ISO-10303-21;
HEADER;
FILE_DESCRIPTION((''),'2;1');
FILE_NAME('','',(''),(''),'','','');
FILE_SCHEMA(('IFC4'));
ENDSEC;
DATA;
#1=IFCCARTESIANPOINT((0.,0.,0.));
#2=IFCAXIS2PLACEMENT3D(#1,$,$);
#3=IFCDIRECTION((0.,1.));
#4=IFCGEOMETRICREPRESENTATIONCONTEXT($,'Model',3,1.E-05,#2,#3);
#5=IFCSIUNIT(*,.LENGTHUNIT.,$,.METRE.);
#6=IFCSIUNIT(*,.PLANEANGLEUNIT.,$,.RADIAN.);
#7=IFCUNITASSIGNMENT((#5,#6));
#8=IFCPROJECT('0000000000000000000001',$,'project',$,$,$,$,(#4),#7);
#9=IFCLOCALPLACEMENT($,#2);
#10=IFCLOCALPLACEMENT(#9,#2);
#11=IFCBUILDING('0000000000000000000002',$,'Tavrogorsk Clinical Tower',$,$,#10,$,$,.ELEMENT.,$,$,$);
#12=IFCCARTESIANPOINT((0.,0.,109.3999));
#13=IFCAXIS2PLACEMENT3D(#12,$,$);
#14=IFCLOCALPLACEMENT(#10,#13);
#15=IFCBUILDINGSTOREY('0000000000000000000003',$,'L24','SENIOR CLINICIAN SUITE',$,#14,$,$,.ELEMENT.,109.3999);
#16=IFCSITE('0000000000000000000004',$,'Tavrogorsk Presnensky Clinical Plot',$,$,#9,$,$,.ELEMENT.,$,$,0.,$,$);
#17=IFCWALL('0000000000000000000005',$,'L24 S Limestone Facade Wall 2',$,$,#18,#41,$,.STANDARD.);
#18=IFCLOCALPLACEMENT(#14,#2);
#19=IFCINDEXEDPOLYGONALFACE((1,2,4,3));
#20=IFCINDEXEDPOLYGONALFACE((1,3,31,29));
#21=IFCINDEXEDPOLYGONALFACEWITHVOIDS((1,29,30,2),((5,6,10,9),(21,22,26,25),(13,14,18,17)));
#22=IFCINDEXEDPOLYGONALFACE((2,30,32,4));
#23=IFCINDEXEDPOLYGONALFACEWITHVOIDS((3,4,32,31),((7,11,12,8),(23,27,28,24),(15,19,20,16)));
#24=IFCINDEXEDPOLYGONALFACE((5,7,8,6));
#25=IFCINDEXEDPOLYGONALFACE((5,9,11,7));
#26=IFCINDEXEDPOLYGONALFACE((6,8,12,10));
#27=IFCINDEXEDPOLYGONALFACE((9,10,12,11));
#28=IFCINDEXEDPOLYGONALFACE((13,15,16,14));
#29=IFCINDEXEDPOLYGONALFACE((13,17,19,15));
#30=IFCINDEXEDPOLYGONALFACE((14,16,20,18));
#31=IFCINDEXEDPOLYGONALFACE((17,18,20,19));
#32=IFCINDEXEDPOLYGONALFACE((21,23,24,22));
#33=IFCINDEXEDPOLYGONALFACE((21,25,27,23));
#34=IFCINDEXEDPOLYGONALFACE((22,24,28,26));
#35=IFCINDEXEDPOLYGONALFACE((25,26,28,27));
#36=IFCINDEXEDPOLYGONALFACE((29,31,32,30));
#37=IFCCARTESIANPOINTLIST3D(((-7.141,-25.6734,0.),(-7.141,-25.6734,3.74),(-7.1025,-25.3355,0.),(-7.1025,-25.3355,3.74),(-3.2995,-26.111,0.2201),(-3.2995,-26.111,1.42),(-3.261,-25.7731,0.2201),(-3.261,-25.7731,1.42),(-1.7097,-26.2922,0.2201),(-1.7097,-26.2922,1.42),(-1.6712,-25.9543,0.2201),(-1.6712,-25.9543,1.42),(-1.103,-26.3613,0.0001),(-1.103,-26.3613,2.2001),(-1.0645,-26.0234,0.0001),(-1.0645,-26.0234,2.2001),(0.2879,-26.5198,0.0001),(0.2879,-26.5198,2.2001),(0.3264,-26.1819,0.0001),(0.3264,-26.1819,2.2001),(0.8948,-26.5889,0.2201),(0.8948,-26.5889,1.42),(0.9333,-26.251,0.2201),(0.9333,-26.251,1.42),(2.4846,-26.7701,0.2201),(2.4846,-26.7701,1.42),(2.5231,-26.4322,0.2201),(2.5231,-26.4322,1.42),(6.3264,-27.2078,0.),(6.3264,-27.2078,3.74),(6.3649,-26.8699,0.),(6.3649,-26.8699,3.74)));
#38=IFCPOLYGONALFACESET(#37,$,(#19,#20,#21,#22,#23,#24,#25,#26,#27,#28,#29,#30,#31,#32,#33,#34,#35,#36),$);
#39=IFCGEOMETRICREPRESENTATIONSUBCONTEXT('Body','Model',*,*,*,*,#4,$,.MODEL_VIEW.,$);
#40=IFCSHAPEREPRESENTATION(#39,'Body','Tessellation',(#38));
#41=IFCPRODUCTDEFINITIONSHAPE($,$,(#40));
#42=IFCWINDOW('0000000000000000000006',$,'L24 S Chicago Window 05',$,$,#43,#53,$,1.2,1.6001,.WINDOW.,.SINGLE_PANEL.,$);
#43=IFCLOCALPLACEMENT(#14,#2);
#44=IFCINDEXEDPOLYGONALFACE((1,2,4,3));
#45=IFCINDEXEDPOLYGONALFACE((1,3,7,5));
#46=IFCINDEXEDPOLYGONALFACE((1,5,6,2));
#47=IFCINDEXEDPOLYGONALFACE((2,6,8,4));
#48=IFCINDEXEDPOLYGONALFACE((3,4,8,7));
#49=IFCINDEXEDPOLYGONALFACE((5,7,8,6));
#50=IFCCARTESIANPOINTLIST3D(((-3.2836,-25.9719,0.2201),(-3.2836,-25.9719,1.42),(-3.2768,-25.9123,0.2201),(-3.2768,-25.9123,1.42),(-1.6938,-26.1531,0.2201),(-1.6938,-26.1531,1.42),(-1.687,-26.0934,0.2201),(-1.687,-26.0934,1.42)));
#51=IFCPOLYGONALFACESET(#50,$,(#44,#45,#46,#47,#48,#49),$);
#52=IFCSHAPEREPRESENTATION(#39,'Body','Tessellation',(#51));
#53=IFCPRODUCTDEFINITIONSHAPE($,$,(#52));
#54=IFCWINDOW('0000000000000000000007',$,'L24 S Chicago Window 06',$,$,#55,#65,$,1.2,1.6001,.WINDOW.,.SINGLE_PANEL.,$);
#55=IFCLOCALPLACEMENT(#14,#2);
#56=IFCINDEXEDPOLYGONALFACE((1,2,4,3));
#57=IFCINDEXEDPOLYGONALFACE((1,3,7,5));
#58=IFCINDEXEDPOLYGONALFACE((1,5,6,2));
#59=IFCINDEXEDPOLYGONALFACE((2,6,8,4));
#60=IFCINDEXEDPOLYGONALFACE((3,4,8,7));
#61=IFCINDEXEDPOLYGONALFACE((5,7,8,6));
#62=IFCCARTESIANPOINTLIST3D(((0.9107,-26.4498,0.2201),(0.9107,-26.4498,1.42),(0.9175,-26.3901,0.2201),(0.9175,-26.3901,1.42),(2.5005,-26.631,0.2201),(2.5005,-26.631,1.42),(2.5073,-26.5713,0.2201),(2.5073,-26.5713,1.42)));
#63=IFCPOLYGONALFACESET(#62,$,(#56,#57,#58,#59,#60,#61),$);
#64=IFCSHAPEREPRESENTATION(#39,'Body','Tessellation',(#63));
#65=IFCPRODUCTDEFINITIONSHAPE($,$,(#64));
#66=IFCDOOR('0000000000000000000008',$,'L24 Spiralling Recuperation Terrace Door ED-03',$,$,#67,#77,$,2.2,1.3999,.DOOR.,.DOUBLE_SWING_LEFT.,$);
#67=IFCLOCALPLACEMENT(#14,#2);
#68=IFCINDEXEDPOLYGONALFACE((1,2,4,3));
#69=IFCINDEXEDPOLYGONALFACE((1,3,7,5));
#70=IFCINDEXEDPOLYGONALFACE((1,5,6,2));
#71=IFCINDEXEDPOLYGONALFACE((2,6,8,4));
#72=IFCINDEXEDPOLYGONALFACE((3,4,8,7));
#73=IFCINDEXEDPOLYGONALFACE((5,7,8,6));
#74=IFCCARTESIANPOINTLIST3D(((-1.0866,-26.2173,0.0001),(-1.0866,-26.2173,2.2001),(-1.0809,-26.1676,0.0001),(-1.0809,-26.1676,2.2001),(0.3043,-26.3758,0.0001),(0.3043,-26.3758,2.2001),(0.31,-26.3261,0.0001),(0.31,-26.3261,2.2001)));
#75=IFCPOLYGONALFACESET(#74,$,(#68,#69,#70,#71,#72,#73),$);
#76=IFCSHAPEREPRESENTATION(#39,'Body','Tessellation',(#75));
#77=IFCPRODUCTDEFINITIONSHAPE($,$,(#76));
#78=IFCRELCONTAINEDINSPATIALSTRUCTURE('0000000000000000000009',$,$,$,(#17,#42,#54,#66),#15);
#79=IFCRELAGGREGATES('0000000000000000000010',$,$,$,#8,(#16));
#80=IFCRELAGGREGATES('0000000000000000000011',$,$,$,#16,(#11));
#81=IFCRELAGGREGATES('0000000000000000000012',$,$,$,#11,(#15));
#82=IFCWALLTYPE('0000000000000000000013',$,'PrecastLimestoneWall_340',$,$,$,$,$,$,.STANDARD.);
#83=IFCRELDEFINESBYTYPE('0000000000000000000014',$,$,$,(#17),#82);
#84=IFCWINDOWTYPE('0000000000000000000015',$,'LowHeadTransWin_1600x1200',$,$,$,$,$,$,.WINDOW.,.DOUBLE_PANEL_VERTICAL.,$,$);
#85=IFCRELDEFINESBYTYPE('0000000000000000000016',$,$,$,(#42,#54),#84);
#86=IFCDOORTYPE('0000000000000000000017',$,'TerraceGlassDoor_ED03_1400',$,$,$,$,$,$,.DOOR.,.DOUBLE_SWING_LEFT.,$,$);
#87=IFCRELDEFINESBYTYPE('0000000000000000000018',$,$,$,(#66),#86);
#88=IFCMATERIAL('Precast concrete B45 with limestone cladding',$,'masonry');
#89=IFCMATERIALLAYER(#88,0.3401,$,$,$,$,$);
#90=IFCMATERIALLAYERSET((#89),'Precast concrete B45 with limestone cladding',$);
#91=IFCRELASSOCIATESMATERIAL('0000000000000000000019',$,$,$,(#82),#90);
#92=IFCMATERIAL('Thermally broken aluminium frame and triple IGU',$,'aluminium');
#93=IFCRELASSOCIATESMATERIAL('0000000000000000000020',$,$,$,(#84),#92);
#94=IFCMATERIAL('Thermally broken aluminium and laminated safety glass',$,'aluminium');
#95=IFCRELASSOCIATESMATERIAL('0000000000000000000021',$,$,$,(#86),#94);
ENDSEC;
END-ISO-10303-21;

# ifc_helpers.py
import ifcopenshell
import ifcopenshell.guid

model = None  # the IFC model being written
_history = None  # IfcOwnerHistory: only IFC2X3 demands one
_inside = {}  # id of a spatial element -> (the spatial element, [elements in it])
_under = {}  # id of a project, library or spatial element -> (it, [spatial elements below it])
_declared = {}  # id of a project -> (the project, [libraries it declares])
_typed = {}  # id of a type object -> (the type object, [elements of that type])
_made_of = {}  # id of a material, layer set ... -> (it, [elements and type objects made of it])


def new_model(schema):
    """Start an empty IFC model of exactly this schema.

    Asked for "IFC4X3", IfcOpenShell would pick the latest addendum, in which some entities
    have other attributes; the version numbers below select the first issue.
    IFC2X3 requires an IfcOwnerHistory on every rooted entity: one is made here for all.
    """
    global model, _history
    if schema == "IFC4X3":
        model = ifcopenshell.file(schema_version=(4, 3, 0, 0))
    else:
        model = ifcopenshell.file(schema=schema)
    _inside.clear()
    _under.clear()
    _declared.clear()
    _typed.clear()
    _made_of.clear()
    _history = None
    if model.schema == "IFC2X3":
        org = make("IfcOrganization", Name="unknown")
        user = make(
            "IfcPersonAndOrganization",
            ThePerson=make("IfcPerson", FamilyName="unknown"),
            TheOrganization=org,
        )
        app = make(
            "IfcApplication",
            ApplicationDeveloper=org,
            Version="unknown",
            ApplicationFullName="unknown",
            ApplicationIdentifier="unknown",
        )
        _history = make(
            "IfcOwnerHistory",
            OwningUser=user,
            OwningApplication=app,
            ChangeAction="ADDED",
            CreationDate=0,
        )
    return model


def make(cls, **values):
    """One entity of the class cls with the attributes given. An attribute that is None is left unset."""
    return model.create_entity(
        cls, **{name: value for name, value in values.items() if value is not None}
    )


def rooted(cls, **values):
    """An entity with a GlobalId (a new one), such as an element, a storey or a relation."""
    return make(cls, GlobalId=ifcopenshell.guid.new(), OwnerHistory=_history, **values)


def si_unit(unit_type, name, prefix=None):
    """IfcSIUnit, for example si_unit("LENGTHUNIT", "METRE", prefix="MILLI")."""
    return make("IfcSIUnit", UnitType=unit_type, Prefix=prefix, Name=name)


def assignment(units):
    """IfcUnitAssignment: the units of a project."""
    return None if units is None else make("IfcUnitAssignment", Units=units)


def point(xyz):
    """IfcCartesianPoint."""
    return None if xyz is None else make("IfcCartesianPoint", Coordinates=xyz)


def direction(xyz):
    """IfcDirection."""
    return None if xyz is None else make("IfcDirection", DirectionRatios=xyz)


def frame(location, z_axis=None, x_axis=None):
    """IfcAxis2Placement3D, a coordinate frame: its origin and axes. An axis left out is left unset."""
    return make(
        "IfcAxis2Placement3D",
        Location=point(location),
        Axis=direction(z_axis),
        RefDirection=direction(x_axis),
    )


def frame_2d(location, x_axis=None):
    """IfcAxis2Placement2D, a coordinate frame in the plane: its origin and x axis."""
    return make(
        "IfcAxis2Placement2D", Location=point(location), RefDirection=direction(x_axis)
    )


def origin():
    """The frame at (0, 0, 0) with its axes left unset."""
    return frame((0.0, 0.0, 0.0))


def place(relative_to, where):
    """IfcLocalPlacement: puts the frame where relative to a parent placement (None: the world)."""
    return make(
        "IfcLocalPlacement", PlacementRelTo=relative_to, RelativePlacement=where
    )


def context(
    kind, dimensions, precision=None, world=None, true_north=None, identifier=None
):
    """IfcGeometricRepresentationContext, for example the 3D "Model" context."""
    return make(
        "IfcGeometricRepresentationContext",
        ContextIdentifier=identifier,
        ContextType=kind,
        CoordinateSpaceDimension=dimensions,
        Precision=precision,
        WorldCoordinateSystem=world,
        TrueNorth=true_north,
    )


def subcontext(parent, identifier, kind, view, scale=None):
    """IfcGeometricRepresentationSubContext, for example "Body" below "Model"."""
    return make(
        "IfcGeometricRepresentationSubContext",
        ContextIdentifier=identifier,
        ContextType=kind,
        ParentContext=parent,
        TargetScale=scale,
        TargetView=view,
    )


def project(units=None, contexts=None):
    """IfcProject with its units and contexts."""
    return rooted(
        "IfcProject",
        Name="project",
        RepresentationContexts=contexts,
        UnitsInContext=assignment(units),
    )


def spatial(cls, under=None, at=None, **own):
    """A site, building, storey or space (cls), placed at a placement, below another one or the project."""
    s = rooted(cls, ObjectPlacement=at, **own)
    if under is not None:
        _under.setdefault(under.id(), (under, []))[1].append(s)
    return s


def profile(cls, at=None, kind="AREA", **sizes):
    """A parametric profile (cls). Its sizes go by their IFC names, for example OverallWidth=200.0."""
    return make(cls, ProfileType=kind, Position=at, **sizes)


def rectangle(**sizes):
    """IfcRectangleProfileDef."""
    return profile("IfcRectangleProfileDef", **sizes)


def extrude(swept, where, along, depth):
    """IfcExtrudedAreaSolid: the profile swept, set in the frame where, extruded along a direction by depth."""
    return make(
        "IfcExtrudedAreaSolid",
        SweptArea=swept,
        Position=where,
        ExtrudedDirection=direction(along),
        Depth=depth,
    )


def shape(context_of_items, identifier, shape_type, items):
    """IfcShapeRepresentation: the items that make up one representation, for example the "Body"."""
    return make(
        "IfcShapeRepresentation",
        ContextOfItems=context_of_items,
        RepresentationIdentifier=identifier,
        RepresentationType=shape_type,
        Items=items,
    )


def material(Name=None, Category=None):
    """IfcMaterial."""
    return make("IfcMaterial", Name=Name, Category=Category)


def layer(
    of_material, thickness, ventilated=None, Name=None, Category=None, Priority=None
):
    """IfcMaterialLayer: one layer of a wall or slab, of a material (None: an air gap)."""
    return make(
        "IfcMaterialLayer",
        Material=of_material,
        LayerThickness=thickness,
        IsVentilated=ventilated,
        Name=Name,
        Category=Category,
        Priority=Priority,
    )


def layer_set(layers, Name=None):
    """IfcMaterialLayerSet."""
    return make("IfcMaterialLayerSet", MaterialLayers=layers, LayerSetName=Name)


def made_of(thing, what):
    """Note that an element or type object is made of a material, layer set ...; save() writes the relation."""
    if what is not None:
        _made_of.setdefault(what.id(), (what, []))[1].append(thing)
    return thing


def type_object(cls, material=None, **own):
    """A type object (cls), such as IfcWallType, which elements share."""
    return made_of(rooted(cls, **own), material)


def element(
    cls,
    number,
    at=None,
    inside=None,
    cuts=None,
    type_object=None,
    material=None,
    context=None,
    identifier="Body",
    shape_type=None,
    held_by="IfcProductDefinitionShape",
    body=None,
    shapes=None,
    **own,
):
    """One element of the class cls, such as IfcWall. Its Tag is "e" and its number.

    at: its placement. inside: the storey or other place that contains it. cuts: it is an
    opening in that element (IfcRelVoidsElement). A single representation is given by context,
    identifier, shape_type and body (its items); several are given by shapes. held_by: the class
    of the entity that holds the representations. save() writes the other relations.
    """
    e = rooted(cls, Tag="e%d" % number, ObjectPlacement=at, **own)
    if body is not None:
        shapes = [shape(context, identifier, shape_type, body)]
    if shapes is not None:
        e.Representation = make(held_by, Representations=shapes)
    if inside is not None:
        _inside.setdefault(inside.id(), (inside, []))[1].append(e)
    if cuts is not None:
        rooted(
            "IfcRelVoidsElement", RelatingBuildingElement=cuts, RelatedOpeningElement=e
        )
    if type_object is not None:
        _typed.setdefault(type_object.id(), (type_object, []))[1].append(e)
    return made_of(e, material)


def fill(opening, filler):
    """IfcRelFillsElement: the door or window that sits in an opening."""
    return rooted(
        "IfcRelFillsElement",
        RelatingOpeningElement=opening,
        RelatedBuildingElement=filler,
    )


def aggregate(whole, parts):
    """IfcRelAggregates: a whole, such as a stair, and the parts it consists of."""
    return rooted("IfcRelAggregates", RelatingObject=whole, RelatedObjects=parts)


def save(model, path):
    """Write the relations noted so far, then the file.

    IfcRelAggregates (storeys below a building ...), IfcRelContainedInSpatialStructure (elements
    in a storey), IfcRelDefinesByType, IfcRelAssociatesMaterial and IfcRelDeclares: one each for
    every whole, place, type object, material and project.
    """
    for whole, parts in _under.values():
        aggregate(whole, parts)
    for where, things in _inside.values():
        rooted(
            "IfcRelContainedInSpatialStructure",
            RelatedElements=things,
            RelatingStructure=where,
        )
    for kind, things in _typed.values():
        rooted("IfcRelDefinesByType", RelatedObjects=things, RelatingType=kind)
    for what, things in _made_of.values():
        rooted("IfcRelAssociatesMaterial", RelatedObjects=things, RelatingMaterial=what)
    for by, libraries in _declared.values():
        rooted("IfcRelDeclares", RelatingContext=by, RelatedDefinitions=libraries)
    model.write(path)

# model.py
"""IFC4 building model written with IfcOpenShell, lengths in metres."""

from ifc_helpers import new_model, si_unit, direction, frame, frame_2d, origin, place, context, subcontext, project, spatial, rectangle, extrude, material, layer, layer_set, type_object, element, fill, save


model = new_model("IFC4")

# Units and contexts
model_context = context("Model", 3, precision=1e-05, world=origin(), true_north=direction((0.0, 1.0)))
body_context = subcontext(model_context, "Body", "Model", "MODEL_VIEW")
ifc_project = project(units=[si_unit("LENGTHUNIT", "METRE"), si_unit("PLANEANGLEUNIT", "RADIAN")], contexts=[model_context])

# Site, building, storey
site_placement = place(None, origin())
site = spatial("IfcSite", under=ifc_project, at=site_placement, Name="Tavrogorsk Presnensky Clinical Plot", CompositionType="ELEMENT", RefElevation=0.0)
building_placement = place(site_placement, origin())
building = spatial("IfcBuilding", under=site, at=building_placement, Name="Tavrogorsk Clinical Tower", CompositionType="ELEMENT")
storey_placement = place(building_placement, frame((0.0, 0.0, 109.3999)))
storey = spatial("IfcBuildingStorey", under=building, at=storey_placement, Name="L24", Description="SENIOR CLINICIAN SUITE", CompositionType="ELEMENT", Elevation=109.3999)

# Wall, openings, windows, door
ifc_material_1 = material(Name="Precast concrete B45 with limestone cladding", Category="masonry")
ifc_layer_1 = layer(ifc_material_1, 0.3401)
ifc_layer_set_1 = layer_set([ifc_layer_1], Name="Precast concrete B45 with limestone cladding")
wall_type_1 = type_object("IfcWallType", Name="PrecastLimestoneWall_340", PredefinedType="STANDARD", material=ifc_layer_set_1)
wall_1_placement = place(storey_placement, frame((-7.1218, -25.5044, 0.0), z_axis=(0.0, 0.0, 1.0), x_axis=(0.993572, -0.113205, 0.0)))
wall_1 = element("IfcWall", 1, at=wall_1_placement, inside=storey, type_object=wall_type_1, Name="L24 S Limestone Facade Wall 2", PredefinedType="STANDARD", context=body_context, shape_type="SweptSolid", body=[
    extrude(rectangle(XDim=13.5544, YDim=0.3401, at=frame_2d((6.7773, 0.0))), origin(), (0.0, 0.0, 1.0), 3.74),
])
opening_1_placement = place(wall_1_placement, frame((6.0771, 0.0, 0.0)))
opening_1 = element("IfcOpeningElement", 2, at=opening_1_placement, cuts=wall_1, PredefinedType="OPENING", context=body_context, shape_type="SweptSolid", body=[
    extrude(rectangle(XDim=1.3999, YDim=2.2, at=frame_2d((0.7, 1.1001))), frame((0.0, 0.1799, 0.0), z_axis=(0.0, -1.0, 0.0), x_axis=(1.0, 0.0, 0.0)), (0.0, 0.0, 1.0), 0.3601),
])
opening_2_placement = place(wall_1_placement, frame((3.8665, 0.0, 0.22)))
opening_2 = element("IfcOpeningElement", 3, at=opening_2_placement, cuts=wall_1, PredefinedType="OPENING", context=body_context, shape_type="SweptSolid", body=[
    extrude(rectangle(XDim=1.6001, YDim=1.2, at=frame_2d((0.8, 0.6001))), frame((0.0, 0.1799, 0.0), z_axis=(0.0, -1.0, 0.0), x_axis=(1.0, 0.0, 0.0)), (0.0, 0.0, 1.0), 0.3601),
])
opening_3_placement = place(wall_1_placement, frame((8.0879, 0.0, 0.22)))
opening_3 = element("IfcOpeningElement", 4, at=opening_3_placement, cuts=wall_1, PredefinedType="OPENING", context=body_context, shape_type="SweptSolid", body=[
    extrude(rectangle(XDim=1.6001, YDim=1.2, at=frame_2d((0.8, 0.6001))), frame((0.0, 0.1799, 0.0), z_axis=(0.0, -1.0, 0.0), x_axis=(1.0, 0.0, 0.0)), (0.0, 0.0, 1.0), 0.3601),
])
ifc_material_2 = material(Name="Thermally broken aluminium frame and triple IGU", Category="aluminium")
window_type = type_object("IfcWindowType", Name="LowHeadTransWin_1600x1200", PartitioningType="DOUBLE_PANEL_VERTICAL", PredefinedType="WINDOW", material=ifc_material_2)
window_1_placement = place(opening_2_placement, origin())
window_1 = element("IfcWindow", 5, at=window_1_placement, inside=storey, type_object=window_type, Name="L24 S Chicago Window 05", OverallHeight=1.2, OverallWidth=1.6001, PartitioningType="SINGLE_PANEL", PredefinedType="WINDOW", context=body_context, shape_type="SweptSolid", body=[
    extrude(rectangle(XDim=1.6001, YDim=1.2, at=frame_2d((0.8, 0.6001))), frame((0.0, 0.03, 0.0), z_axis=(0.0, -1.0, 0.0), x_axis=(1.0, 0.0, 0.0)), (0.0, 0.0, 1.0), 0.0601),
])
fill(opening_2, window_1)
window_2_placement = place(opening_3_placement, origin())
window_2 = element("IfcWindow", 6, at=window_2_placement, inside=storey, type_object=window_type, Name="L24 S Chicago Window 06", OverallHeight=1.2, OverallWidth=1.6001, PartitioningType="SINGLE_PANEL", PredefinedType="WINDOW", context=body_context, shape_type="SweptSolid", body=[
    extrude(rectangle(XDim=1.6001, YDim=1.2, at=frame_2d((0.8, 0.6001))), frame((0.0, 0.03, 0.0), z_axis=(0.0, -1.0, 0.0), x_axis=(1.0, 0.0, 0.0)), (0.0, 0.0, 1.0), 0.0601),
])
fill(opening_3, window_2)
ifc_material_3 = material(Name="Thermally broken aluminium and laminated safety glass", Category="aluminium")
door_type_1 = type_object("IfcDoorType", Name="TerraceGlassDoor_ED03_1400", OperationType="DOUBLE_SWING_LEFT", PredefinedType="DOOR", material=ifc_material_3)
door_1_placement = place(opening_1_placement, origin())
door_1 = element("IfcDoor", 7, at=door_1_placement, inside=storey, type_object=door_type_1, Name="L24 Spiralling Recuperation Terrace Door ED-03", OperationType="DOUBLE_SWING_LEFT", OverallHeight=2.2, OverallWidth=1.3999, PredefinedType="DOOR", context=body_context, shape_type="SweptSolid", body=[
    extrude(rectangle(XDim=1.3999, YDim=2.2, at=frame_2d((0.7, 1.1001))), frame((0.0, 0.0249, 0.0), z_axis=(0.0, -1.0, 0.0), x_axis=(1.0, 0.0, 0.0)), (0.0, 0.0, 1.0), 0.05),
])
fill(opening_1, door_1)

save(model, "model.ifc")
